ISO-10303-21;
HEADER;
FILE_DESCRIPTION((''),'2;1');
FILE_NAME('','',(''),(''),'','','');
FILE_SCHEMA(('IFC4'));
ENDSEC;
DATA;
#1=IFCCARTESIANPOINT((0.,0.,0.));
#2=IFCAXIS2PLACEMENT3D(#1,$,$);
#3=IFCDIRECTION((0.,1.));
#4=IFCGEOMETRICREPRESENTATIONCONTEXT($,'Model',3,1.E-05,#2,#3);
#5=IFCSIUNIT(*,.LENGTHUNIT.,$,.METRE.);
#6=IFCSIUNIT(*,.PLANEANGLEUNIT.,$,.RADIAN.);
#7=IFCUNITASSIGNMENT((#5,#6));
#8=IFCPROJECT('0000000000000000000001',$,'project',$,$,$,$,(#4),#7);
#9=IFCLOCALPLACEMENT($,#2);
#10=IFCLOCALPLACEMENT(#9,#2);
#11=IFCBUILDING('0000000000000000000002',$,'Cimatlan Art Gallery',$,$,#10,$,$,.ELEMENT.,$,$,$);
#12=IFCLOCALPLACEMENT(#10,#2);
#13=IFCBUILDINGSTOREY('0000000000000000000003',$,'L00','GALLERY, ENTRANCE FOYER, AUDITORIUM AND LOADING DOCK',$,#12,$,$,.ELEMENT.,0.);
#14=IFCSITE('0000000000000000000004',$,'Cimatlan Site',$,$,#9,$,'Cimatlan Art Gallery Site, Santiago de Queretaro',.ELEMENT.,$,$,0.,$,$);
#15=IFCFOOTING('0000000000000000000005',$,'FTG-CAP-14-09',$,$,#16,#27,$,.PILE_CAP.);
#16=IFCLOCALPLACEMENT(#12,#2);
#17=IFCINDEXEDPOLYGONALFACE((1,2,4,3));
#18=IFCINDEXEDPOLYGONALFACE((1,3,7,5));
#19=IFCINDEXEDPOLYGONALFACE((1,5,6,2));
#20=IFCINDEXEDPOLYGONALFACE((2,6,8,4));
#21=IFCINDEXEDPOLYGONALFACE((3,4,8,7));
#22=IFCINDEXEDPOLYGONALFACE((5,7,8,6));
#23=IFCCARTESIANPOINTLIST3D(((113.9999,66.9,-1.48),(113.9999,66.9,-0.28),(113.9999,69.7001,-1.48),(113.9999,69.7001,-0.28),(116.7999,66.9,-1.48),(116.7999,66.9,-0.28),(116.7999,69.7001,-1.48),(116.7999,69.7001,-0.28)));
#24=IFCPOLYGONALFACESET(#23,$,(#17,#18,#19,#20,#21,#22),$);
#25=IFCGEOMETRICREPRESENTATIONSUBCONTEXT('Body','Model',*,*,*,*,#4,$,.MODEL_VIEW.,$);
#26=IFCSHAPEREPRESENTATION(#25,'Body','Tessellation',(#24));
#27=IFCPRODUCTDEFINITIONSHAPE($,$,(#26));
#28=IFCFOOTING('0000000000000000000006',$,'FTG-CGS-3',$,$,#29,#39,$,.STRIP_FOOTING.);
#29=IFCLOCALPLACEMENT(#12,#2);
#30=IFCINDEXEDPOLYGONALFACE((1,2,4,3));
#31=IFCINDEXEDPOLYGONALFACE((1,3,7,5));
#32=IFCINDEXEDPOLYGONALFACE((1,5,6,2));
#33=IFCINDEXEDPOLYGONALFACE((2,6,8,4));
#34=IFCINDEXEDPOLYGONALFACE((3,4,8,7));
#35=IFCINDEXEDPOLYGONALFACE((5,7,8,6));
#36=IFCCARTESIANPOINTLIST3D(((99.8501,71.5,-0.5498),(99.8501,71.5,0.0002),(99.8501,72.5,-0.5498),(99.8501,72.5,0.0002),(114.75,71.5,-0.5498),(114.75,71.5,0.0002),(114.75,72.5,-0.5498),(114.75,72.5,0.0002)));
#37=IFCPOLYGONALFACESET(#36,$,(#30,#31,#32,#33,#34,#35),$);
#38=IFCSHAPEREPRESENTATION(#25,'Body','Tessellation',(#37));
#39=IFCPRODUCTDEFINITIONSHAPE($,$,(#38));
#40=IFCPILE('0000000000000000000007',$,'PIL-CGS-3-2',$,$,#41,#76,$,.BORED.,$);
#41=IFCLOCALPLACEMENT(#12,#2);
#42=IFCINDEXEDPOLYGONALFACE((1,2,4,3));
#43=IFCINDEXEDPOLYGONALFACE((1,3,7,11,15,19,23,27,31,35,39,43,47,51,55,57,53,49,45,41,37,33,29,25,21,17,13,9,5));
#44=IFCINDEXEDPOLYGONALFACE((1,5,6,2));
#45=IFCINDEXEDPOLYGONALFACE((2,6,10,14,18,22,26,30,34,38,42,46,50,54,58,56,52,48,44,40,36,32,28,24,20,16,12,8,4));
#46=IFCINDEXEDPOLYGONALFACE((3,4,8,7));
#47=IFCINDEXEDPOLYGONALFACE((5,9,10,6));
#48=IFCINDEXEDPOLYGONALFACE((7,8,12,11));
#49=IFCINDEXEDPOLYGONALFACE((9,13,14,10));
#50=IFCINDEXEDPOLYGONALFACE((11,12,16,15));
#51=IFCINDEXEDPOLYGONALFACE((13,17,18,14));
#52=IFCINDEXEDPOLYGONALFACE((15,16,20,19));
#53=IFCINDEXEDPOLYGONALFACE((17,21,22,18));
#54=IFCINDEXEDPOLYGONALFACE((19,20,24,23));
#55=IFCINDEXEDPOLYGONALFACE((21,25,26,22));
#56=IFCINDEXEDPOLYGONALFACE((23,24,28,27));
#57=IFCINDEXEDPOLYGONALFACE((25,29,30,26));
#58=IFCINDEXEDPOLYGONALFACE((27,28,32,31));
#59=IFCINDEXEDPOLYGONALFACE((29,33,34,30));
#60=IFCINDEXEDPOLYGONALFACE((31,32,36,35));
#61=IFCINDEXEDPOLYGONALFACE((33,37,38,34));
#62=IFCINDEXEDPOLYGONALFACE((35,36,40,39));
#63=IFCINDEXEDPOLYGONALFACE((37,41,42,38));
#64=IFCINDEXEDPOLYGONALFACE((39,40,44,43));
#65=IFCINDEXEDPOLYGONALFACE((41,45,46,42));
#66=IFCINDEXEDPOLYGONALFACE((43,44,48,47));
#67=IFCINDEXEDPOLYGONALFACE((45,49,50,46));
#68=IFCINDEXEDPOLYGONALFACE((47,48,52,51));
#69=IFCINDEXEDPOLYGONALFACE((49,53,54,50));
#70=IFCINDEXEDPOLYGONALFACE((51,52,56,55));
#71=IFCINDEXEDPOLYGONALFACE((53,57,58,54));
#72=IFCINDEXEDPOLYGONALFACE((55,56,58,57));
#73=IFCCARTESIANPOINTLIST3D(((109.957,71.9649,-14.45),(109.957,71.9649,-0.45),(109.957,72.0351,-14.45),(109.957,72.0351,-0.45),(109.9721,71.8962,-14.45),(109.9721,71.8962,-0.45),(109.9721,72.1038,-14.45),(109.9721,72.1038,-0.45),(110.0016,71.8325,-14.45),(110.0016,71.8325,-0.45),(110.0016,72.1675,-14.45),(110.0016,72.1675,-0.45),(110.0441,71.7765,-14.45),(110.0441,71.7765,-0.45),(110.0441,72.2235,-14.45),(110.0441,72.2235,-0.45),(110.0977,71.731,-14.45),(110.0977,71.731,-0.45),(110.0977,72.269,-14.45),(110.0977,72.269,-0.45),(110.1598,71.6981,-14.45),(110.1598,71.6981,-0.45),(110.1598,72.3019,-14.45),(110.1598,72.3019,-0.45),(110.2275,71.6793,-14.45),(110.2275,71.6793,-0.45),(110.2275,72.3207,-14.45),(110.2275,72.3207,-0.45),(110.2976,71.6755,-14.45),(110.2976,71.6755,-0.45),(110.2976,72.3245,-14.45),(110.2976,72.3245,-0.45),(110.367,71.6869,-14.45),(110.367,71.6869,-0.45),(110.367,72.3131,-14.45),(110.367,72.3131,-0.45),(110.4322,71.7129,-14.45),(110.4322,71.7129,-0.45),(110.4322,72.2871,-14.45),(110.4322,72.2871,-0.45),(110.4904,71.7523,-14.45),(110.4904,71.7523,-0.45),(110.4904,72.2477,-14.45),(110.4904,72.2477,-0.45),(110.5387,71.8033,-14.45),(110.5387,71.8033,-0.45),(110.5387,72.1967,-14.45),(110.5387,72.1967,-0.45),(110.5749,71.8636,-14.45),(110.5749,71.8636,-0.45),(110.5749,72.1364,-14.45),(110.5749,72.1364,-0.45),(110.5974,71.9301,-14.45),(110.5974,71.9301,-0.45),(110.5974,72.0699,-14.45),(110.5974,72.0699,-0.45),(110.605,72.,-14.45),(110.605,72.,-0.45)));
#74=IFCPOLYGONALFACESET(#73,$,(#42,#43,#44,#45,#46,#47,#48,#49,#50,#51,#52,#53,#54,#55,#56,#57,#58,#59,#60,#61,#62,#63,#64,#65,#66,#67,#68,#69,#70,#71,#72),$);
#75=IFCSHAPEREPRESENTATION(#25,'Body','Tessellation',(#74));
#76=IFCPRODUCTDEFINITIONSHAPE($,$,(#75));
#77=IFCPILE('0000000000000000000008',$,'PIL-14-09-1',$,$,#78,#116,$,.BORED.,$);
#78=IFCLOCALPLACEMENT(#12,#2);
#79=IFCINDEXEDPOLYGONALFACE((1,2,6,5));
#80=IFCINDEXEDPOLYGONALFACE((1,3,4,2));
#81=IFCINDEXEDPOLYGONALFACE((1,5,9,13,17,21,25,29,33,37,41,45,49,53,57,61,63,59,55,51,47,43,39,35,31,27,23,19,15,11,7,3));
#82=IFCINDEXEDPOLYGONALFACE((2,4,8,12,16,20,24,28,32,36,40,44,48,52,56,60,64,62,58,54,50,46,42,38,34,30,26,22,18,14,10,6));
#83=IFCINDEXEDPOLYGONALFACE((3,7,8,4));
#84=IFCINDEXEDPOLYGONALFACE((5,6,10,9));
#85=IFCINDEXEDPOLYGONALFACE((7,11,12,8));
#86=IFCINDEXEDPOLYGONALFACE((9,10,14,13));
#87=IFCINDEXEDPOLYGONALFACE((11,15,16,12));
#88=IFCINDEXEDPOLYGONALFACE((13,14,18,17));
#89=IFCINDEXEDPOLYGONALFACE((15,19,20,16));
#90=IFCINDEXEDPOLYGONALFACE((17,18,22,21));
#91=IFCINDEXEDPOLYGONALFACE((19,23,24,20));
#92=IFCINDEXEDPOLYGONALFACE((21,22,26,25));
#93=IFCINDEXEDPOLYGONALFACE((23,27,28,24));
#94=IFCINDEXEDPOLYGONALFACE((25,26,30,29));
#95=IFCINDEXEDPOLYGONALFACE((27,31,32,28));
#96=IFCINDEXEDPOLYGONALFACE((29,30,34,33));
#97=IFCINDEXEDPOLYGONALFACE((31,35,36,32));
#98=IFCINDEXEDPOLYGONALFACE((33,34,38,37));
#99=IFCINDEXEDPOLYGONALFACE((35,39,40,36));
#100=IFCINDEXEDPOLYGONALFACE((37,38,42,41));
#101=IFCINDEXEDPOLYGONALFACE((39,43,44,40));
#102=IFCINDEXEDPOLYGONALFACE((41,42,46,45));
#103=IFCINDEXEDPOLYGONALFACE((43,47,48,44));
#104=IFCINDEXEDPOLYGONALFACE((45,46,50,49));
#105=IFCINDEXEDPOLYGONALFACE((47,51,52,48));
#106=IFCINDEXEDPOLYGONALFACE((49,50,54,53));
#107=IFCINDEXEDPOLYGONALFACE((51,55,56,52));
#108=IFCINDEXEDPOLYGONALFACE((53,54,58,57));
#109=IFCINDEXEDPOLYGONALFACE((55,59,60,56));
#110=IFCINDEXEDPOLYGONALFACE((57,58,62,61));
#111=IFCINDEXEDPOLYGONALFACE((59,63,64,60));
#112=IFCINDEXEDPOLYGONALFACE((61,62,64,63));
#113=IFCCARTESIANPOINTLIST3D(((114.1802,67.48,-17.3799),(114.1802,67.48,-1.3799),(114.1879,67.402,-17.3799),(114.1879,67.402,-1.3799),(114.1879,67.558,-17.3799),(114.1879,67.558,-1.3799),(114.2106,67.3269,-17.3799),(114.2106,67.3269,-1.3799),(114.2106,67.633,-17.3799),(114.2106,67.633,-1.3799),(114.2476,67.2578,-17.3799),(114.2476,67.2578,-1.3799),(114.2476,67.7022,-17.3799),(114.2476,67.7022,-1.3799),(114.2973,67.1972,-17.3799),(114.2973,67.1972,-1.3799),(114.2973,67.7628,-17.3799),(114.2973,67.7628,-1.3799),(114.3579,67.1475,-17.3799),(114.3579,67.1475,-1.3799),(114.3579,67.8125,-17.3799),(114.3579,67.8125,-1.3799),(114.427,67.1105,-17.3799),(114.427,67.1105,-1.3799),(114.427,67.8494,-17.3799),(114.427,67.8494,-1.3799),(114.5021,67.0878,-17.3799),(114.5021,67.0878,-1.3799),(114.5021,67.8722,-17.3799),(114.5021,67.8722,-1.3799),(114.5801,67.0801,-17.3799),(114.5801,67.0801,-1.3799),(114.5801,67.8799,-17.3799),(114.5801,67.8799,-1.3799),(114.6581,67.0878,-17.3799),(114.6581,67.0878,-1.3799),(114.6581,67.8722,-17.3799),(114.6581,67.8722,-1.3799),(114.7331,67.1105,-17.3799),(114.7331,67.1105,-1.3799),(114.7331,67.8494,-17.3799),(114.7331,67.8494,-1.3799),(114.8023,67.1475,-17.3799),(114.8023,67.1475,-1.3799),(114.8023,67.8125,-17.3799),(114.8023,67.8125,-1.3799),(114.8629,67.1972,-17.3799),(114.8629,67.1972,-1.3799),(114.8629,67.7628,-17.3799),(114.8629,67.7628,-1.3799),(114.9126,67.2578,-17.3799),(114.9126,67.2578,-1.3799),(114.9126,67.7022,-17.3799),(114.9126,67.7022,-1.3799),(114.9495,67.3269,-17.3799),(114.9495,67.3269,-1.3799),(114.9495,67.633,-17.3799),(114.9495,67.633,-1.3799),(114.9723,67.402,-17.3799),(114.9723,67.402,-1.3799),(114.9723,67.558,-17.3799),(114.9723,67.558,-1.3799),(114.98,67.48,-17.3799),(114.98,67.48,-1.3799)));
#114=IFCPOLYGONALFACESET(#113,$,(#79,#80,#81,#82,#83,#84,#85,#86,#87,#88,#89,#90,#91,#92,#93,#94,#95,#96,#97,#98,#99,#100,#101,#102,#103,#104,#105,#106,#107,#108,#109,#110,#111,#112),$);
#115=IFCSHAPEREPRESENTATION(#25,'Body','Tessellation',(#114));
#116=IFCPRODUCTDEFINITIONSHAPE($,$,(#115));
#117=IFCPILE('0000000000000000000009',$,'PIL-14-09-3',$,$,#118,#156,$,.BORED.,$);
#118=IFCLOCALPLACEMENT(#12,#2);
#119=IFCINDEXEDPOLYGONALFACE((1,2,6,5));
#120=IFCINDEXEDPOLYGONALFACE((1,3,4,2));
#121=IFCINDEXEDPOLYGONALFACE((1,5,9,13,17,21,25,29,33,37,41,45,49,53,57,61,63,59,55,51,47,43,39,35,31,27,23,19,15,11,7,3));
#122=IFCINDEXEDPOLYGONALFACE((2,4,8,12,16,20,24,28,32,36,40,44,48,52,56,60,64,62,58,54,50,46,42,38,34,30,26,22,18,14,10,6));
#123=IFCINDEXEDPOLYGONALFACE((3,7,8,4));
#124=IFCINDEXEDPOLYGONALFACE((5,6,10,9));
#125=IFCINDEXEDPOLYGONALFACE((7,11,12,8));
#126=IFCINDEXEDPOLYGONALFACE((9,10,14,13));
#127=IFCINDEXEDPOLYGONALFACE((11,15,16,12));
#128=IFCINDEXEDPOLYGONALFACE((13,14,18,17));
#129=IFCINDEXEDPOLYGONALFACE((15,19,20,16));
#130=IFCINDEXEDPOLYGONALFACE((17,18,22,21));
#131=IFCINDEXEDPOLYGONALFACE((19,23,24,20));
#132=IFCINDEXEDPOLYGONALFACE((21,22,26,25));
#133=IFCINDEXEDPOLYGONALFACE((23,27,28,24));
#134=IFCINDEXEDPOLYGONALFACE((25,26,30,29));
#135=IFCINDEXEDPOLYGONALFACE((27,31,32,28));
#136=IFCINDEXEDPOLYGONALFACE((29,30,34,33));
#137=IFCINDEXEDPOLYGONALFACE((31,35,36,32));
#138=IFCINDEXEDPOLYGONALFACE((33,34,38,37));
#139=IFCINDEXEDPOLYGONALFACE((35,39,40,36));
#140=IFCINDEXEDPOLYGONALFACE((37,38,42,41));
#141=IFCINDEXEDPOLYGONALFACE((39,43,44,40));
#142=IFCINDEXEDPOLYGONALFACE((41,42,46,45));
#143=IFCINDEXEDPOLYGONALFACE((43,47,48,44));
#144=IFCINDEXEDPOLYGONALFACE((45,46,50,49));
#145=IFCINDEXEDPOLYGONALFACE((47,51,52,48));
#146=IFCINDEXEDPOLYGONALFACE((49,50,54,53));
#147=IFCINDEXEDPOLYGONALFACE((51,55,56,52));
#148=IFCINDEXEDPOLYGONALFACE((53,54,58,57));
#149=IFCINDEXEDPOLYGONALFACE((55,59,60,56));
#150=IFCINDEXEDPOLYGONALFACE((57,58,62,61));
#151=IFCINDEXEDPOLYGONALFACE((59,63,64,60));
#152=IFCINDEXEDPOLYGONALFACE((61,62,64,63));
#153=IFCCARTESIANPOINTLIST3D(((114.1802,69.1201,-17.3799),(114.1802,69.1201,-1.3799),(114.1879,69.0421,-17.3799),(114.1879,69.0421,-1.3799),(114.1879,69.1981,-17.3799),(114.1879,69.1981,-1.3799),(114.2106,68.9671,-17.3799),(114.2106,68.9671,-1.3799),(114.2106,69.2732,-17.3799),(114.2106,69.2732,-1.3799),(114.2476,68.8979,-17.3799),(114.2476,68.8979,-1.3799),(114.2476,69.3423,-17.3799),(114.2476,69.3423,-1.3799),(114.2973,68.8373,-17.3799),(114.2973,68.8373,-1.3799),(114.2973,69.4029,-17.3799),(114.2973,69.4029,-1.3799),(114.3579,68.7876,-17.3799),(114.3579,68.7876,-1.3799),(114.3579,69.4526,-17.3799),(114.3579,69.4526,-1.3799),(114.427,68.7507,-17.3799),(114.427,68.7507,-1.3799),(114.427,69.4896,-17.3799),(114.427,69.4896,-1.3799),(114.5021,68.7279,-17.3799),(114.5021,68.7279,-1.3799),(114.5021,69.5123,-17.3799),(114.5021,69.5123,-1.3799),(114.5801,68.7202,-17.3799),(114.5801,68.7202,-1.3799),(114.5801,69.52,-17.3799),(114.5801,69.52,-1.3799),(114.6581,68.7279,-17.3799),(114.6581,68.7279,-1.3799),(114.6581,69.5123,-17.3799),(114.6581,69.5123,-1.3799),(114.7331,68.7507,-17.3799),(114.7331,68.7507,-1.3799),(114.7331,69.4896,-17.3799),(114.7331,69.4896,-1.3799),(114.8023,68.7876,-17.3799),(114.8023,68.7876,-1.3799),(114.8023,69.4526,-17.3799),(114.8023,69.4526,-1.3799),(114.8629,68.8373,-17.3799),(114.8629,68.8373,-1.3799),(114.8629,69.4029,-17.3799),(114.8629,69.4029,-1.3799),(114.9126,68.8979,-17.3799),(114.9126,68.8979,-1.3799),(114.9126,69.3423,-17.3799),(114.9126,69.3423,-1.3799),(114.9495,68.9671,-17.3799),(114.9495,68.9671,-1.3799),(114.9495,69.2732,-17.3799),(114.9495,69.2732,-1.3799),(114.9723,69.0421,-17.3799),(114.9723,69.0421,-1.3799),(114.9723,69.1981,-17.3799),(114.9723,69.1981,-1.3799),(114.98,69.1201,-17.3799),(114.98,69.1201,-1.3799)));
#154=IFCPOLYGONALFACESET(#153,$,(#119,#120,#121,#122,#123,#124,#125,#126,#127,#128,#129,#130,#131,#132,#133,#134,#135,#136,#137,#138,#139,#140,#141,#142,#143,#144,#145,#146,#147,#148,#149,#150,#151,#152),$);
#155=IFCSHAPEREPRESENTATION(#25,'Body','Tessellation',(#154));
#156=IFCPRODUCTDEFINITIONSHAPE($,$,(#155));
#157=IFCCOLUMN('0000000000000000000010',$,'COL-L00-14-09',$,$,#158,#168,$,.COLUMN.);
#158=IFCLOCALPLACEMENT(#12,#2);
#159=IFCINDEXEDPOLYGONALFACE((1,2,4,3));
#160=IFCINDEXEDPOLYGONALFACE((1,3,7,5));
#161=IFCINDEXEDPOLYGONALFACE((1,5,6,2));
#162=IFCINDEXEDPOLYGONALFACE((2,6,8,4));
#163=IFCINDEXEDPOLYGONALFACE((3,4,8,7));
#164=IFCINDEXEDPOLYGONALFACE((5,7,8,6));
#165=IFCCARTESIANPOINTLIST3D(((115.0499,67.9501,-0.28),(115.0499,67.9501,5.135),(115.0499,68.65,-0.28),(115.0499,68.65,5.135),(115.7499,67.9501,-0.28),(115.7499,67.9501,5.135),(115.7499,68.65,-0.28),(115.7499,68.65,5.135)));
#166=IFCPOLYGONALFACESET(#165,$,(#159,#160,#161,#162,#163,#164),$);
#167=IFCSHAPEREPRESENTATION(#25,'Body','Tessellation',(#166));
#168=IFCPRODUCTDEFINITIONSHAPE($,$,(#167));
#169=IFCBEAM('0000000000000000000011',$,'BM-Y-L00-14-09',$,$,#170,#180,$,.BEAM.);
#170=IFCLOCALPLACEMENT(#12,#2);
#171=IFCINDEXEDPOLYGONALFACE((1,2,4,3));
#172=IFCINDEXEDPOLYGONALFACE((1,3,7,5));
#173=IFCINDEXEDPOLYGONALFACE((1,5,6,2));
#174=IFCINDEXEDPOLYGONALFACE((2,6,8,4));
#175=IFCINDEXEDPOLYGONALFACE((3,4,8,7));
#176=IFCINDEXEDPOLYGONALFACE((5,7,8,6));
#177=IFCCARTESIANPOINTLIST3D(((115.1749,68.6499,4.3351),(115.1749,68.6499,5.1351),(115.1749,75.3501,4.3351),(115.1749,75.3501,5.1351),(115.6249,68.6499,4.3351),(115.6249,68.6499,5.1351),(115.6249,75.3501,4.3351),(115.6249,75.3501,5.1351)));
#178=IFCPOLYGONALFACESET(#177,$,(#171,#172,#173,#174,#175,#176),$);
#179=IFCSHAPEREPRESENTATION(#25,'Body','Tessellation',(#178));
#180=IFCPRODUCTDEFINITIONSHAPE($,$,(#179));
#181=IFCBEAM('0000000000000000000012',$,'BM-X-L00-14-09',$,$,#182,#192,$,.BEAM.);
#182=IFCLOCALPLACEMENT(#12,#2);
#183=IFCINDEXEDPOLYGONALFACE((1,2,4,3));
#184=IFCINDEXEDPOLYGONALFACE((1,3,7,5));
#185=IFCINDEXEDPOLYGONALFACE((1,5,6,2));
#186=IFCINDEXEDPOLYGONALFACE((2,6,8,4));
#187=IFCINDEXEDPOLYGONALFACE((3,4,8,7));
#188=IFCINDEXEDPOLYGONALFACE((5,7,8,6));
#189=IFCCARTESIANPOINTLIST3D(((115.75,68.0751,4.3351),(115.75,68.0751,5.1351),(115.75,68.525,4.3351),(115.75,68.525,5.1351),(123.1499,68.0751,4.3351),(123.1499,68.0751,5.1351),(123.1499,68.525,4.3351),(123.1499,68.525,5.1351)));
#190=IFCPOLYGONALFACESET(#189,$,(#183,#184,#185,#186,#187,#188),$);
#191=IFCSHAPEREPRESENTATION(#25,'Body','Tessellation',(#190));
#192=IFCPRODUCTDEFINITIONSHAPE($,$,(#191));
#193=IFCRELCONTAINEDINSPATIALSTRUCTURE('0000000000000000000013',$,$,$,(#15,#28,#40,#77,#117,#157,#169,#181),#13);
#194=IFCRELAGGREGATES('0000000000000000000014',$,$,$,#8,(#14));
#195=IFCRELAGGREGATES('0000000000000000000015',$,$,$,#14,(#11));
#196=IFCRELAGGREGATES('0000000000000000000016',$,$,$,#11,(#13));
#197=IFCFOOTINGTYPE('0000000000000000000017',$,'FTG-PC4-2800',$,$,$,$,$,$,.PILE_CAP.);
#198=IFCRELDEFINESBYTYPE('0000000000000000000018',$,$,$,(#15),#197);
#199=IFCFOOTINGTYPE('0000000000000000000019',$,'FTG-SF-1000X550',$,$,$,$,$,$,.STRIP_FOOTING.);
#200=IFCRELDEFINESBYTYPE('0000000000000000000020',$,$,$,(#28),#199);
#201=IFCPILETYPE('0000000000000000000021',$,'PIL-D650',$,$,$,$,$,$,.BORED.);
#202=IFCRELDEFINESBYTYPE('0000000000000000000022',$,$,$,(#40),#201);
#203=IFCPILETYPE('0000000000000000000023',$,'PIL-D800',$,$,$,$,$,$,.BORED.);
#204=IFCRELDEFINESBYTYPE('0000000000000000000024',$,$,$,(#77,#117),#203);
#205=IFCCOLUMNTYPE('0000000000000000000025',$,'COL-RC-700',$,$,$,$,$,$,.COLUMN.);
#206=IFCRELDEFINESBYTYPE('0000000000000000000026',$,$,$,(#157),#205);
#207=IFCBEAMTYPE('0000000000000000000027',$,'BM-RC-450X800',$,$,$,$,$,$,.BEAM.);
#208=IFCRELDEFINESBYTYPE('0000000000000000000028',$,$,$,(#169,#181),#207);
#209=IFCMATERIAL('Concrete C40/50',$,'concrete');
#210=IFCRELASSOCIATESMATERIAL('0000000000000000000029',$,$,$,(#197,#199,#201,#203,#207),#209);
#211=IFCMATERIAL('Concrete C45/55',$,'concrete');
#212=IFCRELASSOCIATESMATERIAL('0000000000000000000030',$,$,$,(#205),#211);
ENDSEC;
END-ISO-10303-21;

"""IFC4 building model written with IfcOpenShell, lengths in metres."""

from ifc_helpers import new_model, si_unit, direction, frame, origin, origin_2d, place, context, subcontext, project, spatial, rectangle, circle, extrude, material, material_profile, profile_set, type_object, element, save


model = new_model("IFC4")

# Units and contexts
model_context = context("Model", 3, precision=1e-05, world=origin(), true_north=direction((0.0, 1.0)))
body_context = subcontext(model_context, "Body", "Model", "MODEL_VIEW")
ifc_project = project(units=[si_unit("LENGTHUNIT", "METRE"), si_unit("PLANEANGLEUNIT", "RADIAN")], contexts=[model_context])

# Site, building, storey
site_placement = place(None, origin())
site = spatial("IfcSite", under=ifc_project, at=site_placement, Name="Cimatlan Site", LongName="Cimatlan Art Gallery Site, Santiago de Queretaro", CompositionType="ELEMENT", RefElevation=0.0)
building_placement = place(site_placement, origin())
building = spatial("IfcBuilding", under=site, at=building_placement, Name="Cimatlan Art Gallery", CompositionType="ELEMENT")
storey_placement = place(building_placement, origin())
storey = spatial("IfcBuildingStorey", under=building, at=storey_placement, Name="L00", Description="GALLERY, ENTRANCE FOYER, AUDITORIUM AND LOADING DOCK", CompositionType="ELEMENT", Elevation=0.0)

# Footings
ifc_material_1 = material(Name="Concrete C40/50", Category="concrete")
footing_type_1 = type_object("IfcFootingType", Name="FTG-PC4-2800", PredefinedType="PILE_CAP", material=ifc_material_1)
footing_1_placement = place(storey_placement, frame((115.3999, 68.3, -1.48), z_axis=(0.0, 0.0, 1.0), x_axis=(1.0, 0.0, 0.0)))
element("IfcFooting", 1, at=footing_1_placement, inside=storey, type_object=footing_type_1, Name="FTG-CAP-14-09", PredefinedType="PILE_CAP", context=body_context, shape_type="SweptSolid", body=[
    extrude(rectangle(XDim=2.8, YDim=2.8, at=origin_2d()), origin(), (0.0, 0.0, 1.0), 1.2),
])
footing_type_2 = type_object("IfcFootingType", Name="FTG-SF-1000X550", PredefinedType="STRIP_FOOTING", material=ifc_material_1)
footing_2_placement = place(storey_placement, frame((107.3, 72.0, -0.5498), z_axis=(0.0, 0.0, 1.0), x_axis=(1.0, 0.0, 0.0)))
element("IfcFooting", 2, at=footing_2_placement, inside=storey, type_object=footing_type_2, Name="FTG-CGS-3", PredefinedType="STRIP_FOOTING", context=body_context, shape_type="SweptSolid", body=[
    extrude(rectangle(XDim=14.8999, YDim=1.0, at=origin_2d()), origin(), (0.0, 0.0, 1.0), 0.55),
])

# Piles
pile_type_1 = type_object("IfcPileType", Name="PIL-D650", PredefinedType="BORED", material=ifc_material_1)
pile_placement = place(storey_placement, frame((110.28, 72.0, -0.45), z_axis=(0.0, 0.0, -1.0), x_axis=(1.0, 0.0, 0.0)))
element("IfcPile", 3, at=pile_placement, inside=storey, type_object=pile_type_1, Name="PIL-CGS-3-2", PredefinedType="BORED", context=body_context, shape_type="SweptSolid", body=[
    extrude(circle(Radius=0.325, at=origin_2d()), origin(), (0.0, 0.0, 1.0), 14.0),
])
pile_type_2 = type_object("IfcPileType", Name="PIL-D800", PredefinedType="BORED", material=ifc_material_1)
for number, where, z_axis, x_axis, name in (
    (4, (114.5801, 67.48, -1.3799), (0.0, 0.0, -1.0), (1.0, 0.0, 0.0), "PIL-14-09-1"),
    (5, (114.5801, 69.1201, -1.3799), (0.0, 0.0, -1.0), (1.0, 0.0, 0.0), "PIL-14-09-3"),
):
    element("IfcPile", number, at=place(storey_placement, frame(where, z_axis=z_axis, x_axis=x_axis)), inside=storey, type_object=pile_type_2, Name=name, PredefinedType="BORED", context=body_context, shape_type="SweptSolid", body=[
        extrude(circle(Radius=0.3999, at=origin_2d()), origin(), (0.0, 0.0, 1.0), 16.0),
    ])

# Column
ifc_material_2 = material(Name="Concrete C45/55", Category="concrete")
ifc_material_profile_1 = material_profile(ifc_material_2, rectangle(XDim=0.7, YDim=0.7, at=origin_2d()), Name="RC700X700")
ifc_profile_set_1 = profile_set([ifc_material_profile_1], Name="Concrete C45/55")
column_type = type_object("IfcColumnType", Name="COL-RC-700", PredefinedType="COLUMN", material=ifc_profile_set_1)
column_placement = place(storey_placement, frame((115.3999, 68.3, -0.28), z_axis=(0.0, 0.0, 1.0), x_axis=(1.0, 0.0, 0.0)))
element("IfcColumn", 6, at=column_placement, inside=storey, type_object=column_type, Name="COL-L00-14-09", PredefinedType="COLUMN", context=body_context, shape_type="SweptSolid", body=[
    extrude(rectangle(XDim=0.7, YDim=0.7, at=origin_2d()), origin(), (0.0, 0.0, 1.0), 5.415),
])

# Beams
ifc_material_profile_2 = material_profile(ifc_material_1, rectangle(XDim=0.45, YDim=0.8, at=origin_2d()), Name="RC450X800")
ifc_profile_set_2 = profile_set([ifc_material_profile_2], Name="Concrete C40/50")
beam_type_1 = type_object("IfcBeamType", Name="BM-RC-450X800", PredefinedType="BEAM", material=ifc_profile_set_2)
beam_1_placement = place(storey_placement, frame((115.3999, 68.6499, 4.7351), z_axis=(0.0, 1.0, 0.0), x_axis=(-1.0, 0.0, 0.0)))
element("IfcBeam", 7, at=beam_1_placement, inside=storey, type_object=beam_type_1, Name="BM-Y-L00-14-09", PredefinedType="BEAM", context=body_context, shape_type="SweptSolid", body=[
    extrude(rectangle(XDim=0.45, YDim=0.8, at=origin_2d()), origin(), (0.0, 0.0, 1.0), 6.7002),
])
beam_2_placement = place(storey_placement, frame((115.75, 68.3, 4.7351), z_axis=(1.0, 0.0, 0.0), x_axis=(0.0, 1.0, 0.0)))
element("IfcBeam", 8, at=beam_2_placement, inside=storey, type_object=beam_type_1, Name="BM-X-L00-14-09", PredefinedType="BEAM", context=body_context, shape_type="SweptSolid", body=[
    extrude(rectangle(XDim=0.45, YDim=0.8, at=origin_2d()), origin(), (0.0, 0.0, 1.0), 7.3999),
])

save(model, "model.ifc")
